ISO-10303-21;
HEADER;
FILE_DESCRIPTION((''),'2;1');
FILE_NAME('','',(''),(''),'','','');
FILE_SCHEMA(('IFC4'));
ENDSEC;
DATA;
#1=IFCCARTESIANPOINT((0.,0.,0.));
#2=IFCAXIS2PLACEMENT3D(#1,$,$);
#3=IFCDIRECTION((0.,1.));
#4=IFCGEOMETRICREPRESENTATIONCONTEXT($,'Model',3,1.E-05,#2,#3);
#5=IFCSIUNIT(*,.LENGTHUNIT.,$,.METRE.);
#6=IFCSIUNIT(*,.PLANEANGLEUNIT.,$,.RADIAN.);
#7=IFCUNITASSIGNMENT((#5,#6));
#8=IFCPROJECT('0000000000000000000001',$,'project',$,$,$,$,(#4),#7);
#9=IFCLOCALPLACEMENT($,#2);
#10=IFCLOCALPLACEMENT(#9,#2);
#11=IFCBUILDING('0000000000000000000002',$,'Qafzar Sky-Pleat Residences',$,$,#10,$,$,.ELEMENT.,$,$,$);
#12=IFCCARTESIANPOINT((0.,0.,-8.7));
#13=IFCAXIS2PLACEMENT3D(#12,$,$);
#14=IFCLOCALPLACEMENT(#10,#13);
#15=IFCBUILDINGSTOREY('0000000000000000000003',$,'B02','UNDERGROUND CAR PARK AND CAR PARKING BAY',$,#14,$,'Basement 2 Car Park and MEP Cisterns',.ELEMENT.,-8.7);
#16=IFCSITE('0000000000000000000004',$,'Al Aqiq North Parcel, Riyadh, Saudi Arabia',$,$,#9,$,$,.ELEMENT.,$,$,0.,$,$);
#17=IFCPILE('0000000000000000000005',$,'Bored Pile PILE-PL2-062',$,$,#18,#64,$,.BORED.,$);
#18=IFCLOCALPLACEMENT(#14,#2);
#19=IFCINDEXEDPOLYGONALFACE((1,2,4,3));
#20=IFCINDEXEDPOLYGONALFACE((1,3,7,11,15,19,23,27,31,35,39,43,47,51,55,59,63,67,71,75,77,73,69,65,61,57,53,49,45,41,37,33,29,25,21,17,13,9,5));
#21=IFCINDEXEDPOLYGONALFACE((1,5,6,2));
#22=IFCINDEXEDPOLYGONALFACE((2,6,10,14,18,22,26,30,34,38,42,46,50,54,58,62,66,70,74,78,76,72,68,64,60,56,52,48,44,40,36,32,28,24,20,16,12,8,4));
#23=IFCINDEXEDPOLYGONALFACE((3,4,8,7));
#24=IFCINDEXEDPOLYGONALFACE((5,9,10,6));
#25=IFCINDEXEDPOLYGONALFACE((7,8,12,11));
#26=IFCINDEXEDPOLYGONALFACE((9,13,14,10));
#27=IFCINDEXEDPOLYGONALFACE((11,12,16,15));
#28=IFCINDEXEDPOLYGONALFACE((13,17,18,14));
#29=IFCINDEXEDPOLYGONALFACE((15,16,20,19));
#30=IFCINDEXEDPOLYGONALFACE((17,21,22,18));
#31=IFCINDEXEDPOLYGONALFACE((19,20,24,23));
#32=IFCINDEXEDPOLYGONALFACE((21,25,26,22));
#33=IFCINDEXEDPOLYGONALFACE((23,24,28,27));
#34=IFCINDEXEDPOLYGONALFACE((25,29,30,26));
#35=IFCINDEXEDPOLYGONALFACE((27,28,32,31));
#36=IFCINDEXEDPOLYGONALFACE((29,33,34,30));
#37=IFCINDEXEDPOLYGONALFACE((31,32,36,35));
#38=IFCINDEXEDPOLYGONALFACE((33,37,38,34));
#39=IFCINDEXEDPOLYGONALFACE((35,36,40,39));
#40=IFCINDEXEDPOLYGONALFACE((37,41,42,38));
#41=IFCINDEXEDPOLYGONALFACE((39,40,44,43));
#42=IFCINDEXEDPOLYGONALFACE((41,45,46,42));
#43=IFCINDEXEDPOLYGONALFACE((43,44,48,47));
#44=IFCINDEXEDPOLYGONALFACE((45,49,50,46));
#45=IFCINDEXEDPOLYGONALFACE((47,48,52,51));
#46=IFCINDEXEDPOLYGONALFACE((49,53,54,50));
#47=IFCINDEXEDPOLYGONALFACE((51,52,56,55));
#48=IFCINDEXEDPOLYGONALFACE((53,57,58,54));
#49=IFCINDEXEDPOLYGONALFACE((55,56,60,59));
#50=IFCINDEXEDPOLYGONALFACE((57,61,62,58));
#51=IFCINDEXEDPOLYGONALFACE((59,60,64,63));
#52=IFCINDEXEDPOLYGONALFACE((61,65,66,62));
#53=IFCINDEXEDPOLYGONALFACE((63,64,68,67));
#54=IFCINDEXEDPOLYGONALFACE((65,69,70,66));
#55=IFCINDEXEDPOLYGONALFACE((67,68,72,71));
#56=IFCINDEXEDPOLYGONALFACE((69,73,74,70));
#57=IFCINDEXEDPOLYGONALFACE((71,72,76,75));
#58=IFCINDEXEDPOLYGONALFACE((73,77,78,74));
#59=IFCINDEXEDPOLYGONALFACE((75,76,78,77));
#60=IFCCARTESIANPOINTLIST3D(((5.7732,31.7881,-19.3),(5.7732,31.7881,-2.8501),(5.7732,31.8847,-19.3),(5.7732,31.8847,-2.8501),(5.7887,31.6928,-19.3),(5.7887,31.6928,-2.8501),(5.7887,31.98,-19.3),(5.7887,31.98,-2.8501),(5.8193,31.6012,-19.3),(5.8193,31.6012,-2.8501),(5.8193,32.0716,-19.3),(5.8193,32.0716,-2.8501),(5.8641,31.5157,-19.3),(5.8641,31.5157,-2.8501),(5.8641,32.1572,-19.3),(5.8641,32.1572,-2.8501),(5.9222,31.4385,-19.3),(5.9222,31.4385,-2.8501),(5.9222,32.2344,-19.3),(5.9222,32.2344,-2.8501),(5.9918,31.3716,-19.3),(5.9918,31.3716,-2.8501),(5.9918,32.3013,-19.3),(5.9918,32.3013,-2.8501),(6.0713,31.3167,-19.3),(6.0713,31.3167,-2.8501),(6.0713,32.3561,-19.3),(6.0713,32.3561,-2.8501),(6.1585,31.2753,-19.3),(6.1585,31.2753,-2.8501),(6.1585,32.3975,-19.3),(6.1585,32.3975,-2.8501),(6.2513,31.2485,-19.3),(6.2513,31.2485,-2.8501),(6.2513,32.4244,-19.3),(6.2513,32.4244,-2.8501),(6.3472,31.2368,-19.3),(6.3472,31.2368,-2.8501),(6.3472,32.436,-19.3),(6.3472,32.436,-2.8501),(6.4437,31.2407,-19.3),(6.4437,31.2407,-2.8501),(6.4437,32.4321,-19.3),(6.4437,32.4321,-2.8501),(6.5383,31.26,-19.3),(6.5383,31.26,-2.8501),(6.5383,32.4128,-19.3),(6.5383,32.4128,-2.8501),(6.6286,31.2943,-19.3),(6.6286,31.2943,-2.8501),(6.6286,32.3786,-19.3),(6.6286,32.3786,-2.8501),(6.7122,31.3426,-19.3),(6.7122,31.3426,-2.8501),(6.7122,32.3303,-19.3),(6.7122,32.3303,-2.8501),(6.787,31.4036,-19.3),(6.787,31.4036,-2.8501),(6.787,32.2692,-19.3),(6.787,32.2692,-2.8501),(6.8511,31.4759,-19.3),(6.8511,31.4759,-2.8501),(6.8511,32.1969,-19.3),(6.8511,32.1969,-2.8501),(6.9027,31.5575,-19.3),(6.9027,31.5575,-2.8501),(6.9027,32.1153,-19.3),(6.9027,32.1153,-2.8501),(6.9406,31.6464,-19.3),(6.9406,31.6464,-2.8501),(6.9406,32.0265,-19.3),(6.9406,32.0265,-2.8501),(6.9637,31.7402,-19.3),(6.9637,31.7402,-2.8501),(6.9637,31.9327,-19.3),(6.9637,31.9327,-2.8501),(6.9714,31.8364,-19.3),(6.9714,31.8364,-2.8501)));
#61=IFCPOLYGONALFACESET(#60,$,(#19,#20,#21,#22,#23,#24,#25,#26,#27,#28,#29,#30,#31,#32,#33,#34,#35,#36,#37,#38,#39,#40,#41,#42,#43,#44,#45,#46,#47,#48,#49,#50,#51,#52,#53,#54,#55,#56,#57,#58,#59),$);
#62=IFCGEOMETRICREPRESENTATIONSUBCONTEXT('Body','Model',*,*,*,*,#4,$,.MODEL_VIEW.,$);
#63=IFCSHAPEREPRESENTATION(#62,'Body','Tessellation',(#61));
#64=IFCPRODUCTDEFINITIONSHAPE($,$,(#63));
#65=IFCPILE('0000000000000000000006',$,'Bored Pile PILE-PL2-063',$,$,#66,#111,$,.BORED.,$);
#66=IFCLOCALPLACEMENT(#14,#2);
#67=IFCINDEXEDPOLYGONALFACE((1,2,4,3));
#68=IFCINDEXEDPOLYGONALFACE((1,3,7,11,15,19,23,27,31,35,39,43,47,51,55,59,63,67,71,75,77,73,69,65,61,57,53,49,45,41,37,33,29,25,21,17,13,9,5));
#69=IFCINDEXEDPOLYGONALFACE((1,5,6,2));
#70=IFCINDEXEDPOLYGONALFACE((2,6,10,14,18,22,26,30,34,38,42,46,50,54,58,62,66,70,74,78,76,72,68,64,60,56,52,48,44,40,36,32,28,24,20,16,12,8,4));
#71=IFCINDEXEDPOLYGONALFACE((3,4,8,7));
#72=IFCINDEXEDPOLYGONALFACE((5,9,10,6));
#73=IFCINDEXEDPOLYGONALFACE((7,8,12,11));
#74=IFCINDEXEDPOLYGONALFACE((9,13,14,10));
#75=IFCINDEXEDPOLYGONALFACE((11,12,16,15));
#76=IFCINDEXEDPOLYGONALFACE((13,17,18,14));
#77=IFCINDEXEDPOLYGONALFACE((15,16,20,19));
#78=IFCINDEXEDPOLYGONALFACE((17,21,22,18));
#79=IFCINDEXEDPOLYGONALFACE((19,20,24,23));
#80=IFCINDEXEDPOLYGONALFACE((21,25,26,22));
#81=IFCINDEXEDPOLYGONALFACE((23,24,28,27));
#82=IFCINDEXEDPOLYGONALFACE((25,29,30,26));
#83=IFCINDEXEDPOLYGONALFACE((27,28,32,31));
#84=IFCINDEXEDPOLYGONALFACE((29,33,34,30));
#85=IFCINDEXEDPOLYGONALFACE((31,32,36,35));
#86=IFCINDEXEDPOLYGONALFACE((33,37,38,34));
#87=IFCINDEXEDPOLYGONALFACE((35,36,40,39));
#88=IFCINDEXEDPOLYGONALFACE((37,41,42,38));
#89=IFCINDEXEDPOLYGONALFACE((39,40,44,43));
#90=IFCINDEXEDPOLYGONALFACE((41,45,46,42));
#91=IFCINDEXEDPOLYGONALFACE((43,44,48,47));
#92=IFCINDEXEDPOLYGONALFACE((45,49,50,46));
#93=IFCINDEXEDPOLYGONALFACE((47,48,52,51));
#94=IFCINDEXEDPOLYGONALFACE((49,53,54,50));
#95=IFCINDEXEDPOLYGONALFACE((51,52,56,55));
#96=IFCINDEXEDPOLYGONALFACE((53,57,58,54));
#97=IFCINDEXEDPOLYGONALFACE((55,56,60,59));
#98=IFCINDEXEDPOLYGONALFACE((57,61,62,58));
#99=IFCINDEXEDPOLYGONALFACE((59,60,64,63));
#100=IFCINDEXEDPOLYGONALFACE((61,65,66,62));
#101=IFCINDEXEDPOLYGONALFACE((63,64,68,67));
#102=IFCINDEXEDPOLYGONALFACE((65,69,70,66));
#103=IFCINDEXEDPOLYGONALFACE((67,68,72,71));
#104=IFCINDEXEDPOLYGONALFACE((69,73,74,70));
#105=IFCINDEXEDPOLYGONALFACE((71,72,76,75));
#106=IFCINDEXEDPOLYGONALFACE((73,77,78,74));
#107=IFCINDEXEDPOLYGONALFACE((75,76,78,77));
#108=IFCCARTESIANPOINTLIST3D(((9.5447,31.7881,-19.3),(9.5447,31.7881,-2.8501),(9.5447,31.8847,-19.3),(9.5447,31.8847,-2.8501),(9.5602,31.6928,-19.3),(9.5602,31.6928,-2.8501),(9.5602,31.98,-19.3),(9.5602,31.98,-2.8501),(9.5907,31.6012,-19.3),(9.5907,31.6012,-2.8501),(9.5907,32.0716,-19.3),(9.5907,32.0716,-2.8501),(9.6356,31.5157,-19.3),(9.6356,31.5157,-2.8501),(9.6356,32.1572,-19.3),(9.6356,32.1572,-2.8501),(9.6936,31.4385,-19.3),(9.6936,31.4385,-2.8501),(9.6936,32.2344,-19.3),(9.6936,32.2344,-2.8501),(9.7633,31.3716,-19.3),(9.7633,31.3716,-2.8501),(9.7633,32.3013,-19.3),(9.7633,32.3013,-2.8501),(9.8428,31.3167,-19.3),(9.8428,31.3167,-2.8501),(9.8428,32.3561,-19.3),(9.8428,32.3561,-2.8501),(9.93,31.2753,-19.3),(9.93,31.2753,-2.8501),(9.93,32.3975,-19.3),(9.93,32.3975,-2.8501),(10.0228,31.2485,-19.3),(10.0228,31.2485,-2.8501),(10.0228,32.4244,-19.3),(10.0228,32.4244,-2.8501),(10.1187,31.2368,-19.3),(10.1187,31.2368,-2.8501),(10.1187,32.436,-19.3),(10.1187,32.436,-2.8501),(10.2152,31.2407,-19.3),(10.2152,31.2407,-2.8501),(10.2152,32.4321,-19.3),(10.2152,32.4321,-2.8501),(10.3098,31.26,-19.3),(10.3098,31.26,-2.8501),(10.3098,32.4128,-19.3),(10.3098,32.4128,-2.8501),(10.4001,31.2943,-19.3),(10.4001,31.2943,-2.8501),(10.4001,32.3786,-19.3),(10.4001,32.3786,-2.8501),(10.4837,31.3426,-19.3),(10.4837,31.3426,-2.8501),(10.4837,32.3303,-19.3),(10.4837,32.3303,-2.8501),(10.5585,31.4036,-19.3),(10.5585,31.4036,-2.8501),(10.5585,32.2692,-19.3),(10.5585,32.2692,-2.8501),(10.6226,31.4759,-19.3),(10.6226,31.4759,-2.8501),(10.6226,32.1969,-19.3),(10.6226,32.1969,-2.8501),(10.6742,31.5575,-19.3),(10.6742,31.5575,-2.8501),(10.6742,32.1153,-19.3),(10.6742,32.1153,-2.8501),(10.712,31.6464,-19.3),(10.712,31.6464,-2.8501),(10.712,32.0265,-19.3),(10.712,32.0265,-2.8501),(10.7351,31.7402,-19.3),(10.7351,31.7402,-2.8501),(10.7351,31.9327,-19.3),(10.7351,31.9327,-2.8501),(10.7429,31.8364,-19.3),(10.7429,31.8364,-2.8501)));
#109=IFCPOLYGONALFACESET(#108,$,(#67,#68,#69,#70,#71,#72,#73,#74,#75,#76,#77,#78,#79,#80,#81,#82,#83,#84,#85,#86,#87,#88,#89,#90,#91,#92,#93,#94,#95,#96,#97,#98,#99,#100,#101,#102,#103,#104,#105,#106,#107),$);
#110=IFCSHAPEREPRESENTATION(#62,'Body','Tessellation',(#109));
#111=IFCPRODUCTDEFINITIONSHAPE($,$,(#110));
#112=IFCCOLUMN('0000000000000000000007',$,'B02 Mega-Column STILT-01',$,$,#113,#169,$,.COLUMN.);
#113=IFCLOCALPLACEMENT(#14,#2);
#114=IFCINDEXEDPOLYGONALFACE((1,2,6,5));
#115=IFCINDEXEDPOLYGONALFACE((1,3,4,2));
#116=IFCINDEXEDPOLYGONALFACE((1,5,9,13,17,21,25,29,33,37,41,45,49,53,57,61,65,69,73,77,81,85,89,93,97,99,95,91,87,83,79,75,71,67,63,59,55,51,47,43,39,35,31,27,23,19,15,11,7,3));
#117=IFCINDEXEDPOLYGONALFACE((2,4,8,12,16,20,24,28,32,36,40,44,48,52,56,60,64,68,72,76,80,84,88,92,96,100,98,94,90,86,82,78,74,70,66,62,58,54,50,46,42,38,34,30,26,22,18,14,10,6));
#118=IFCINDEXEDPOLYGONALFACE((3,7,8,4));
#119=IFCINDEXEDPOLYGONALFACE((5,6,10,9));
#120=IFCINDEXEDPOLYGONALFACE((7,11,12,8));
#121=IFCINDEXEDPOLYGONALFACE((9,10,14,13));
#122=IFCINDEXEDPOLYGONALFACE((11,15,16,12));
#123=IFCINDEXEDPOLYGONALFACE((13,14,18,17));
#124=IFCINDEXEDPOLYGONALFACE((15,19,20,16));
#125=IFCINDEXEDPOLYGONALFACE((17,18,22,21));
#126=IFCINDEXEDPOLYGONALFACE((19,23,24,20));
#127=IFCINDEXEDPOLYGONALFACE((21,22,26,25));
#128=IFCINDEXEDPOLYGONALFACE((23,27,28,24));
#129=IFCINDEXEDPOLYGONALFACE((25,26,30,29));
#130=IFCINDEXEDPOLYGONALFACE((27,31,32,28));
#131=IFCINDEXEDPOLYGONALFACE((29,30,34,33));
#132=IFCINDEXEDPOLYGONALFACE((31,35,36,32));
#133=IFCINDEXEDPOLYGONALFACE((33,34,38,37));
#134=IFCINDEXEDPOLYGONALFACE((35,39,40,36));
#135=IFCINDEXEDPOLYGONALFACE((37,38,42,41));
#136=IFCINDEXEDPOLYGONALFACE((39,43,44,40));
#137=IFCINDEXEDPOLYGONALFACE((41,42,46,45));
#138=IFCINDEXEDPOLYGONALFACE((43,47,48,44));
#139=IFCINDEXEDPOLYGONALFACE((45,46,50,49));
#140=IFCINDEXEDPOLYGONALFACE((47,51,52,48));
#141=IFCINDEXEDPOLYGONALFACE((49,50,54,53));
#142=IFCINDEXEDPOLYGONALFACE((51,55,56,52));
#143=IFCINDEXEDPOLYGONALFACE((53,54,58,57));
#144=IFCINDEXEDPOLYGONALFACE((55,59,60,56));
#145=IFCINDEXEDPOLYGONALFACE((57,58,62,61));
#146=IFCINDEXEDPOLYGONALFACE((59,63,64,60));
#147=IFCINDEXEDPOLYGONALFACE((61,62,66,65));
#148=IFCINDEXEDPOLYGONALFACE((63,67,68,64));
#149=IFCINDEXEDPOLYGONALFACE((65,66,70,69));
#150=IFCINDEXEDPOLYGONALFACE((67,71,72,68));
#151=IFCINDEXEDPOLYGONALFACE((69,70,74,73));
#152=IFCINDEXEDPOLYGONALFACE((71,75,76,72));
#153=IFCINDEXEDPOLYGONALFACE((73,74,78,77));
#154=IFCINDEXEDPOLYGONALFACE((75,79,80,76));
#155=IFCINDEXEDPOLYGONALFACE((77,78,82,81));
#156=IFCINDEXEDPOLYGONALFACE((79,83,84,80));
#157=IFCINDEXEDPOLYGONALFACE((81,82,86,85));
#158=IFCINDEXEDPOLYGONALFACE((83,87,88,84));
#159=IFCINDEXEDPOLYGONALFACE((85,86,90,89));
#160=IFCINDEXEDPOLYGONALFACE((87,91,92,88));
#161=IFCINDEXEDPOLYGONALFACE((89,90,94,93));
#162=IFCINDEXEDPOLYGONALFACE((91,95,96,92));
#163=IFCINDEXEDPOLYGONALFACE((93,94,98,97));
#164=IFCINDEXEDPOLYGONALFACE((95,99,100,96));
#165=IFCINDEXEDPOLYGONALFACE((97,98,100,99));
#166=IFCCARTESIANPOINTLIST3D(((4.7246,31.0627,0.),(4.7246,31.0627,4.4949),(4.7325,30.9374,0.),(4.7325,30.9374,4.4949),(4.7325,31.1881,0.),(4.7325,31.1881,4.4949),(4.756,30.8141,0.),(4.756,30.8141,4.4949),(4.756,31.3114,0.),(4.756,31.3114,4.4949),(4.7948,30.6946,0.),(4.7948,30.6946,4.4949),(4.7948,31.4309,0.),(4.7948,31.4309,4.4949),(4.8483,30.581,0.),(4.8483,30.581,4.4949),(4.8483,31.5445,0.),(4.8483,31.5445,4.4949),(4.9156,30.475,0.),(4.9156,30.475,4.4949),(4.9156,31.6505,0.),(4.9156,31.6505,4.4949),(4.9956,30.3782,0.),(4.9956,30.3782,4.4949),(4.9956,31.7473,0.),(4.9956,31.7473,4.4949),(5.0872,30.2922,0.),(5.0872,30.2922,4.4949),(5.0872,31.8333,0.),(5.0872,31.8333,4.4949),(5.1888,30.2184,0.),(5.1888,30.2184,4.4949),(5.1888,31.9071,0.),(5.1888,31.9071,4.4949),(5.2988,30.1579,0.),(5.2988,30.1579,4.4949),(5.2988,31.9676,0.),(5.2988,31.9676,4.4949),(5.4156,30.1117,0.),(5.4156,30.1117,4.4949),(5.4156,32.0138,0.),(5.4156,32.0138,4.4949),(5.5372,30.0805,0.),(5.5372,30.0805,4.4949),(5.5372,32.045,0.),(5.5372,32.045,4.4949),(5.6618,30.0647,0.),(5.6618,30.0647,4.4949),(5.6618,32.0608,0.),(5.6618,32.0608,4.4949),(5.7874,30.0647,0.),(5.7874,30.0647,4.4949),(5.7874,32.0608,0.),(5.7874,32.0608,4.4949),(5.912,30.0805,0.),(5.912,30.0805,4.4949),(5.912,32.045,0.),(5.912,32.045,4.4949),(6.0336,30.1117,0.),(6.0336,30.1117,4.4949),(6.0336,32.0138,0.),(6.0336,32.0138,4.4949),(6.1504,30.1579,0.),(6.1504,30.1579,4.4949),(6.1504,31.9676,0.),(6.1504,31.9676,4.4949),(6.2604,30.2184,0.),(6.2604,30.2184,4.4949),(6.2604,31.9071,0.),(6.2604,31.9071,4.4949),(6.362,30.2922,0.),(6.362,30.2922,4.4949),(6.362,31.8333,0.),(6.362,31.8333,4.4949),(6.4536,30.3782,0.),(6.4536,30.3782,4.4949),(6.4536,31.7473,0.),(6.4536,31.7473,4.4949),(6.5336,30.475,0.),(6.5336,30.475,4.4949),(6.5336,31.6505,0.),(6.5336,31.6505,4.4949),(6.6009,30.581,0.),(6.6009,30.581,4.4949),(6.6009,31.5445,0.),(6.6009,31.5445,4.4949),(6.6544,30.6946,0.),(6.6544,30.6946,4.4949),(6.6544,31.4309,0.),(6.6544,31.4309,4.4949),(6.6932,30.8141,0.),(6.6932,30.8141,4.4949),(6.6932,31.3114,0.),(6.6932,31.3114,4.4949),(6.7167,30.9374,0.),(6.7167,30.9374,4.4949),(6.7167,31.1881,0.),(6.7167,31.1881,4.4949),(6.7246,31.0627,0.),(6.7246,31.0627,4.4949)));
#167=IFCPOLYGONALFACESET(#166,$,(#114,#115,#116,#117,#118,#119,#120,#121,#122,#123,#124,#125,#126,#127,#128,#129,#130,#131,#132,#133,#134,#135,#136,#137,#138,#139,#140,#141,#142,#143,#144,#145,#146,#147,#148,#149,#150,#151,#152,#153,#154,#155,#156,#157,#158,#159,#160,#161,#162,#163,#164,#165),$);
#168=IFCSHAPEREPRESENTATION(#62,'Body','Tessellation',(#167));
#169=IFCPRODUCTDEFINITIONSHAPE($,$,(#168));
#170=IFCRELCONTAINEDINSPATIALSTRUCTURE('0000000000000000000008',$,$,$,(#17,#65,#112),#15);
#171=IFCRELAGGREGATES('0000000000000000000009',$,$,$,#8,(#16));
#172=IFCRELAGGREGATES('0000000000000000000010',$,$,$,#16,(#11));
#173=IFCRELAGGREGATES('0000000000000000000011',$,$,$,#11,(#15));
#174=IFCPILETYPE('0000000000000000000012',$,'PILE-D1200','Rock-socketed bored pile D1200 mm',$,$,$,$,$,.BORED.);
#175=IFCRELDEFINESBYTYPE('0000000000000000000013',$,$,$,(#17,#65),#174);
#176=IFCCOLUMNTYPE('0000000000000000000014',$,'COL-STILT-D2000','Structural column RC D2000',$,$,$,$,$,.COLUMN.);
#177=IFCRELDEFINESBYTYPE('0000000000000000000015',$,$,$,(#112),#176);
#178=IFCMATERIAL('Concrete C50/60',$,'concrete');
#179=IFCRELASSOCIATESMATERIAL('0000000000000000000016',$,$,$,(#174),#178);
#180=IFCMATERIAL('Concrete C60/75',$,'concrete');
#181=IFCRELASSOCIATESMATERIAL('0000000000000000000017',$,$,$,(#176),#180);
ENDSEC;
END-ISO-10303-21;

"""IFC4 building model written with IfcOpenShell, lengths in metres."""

from ifc_helpers import new_model, si_unit, direction, frame, origin, origin_2d, place, context, subcontext, project, spatial, circle, extrude, source, transform, mapped, material, material_profile, profile_set, type_object, element, save


model = new_model("IFC4")

# Units and contexts
model_context = context("Model", 3, precision=1e-05, world=origin(), true_north=direction((0.0, 1.0)))
body_context = subcontext(model_context, "Body", "Model", "MODEL_VIEW")
ifc_project = project(units=[si_unit("LENGTHUNIT", "METRE"), si_unit("PLANEANGLEUNIT", "RADIAN")], contexts=[model_context])

# Site, building, storey
site_placement = place(None, origin())
site = spatial("IfcSite", under=ifc_project, at=site_placement, Name="Al Aqiq North Parcel, Riyadh, Saudi Arabia", CompositionType="ELEMENT", RefElevation=0.0)
building_placement = place(site_placement, origin())
building = spatial("IfcBuilding", under=site, at=building_placement, Name="Qafzar Sky-Pleat Residences", CompositionType="ELEMENT")
storey_placement = place(building_placement, frame((0.0, 0.0, -8.7)))
storey = spatial("IfcBuildingStorey", under=building, at=storey_placement, Name="B02", Description="UNDERGROUND CAR PARK AND CAR PARKING BAY", LongName="Basement 2 Car Park and MEP Cisterns", CompositionType="ELEMENT", Elevation=-8.7)

# Piles
ifc_material_1 = material(Name="Concrete C50/60", Category="concrete")
ifc_material_profile_1 = material_profile(ifc_material_1, circle(Radius=0.6001, at=origin_2d()), Name="PILE D1200")
ifc_profile_set_1 = profile_set([ifc_material_profile_1], Name="Concrete C50/60")
pile_type = type_object("IfcPileType", Name="PILE-D1200", Description="Rock-socketed bored pile D1200 mm", PredefinedType="BORED", material=ifc_profile_set_1)
shared_shape_1 = source(origin(), body_context, "Body", "SweptSolid", [
    extrude(circle(Radius=0.6001, at=origin_2d()), origin(), (0.0, 0.0, 1.0), 16.45),
])
for number, where, z_axis, x_axis, name in (
    (1, (6.3713, 31.8364, -2.8501), (0.0, 0.0, -1.0), (1.0, 0.0, 0.0), "Bored Pile PILE-PL2-062"),
    (2, (10.1428, 31.8364, -2.8501), (0.0, 0.0, -1.0), (1.0, 0.0, 0.0), "Bored Pile PILE-PL2-063"),
):
    element("IfcPile", number, at=place(storey_placement, frame(where, z_axis=z_axis, x_axis=x_axis)), inside=storey, type_object=pile_type, Name=name, PredefinedType="BORED", context=body_context, shape_type="MappedRepresentation", body=[
        mapped(shared_shape_1, transform((0.0, 0.0, 0.0), x_axis=(1.0, 0.0, 0.0), y_axis=(0.0, 1.0, 0.0), z_axis=(0.0, 0.0, 1.0), scale=1.0)),
    ])

# Column
ifc_material_2 = material(Name="Concrete C60/75", Category="concrete")
ifc_material_profile_2 = material_profile(ifc_material_2, circle(Radius=1.0, at=origin_2d()), Name="RC D2000")
ifc_profile_set_2 = profile_set([ifc_material_profile_2], Name="Concrete C60/75")
column_type_1 = type_object("IfcColumnType", Name="COL-STILT-D2000", Description="Structural column RC D2000", PredefinedType="COLUMN", material=ifc_profile_set_2)
shared_shape_2 = source(origin(), body_context, "Body", "SweptSolid", [
    extrude(circle(Radius=1.0, at=origin_2d()), origin(), (0.0, 0.0, 1.0), 4.4949),
])
column_1_placement = place(storey_placement, frame((5.7246, 31.0627, 0.0), z_axis=(0.0, 0.0, 1.0), x_axis=(1.0, 0.0, 0.0)))
element("IfcColumn", 3, at=column_1_placement, inside=storey, type_object=column_type_1, Name="B02 Mega-Column STILT-01", PredefinedType="COLUMN", context=body_context, shape_type="MappedRepresentation", body=[
    mapped(shared_shape_2, transform((0.0, 0.0, 0.0), x_axis=(1.0, 0.0, 0.0), y_axis=(0.0, 1.0, 0.0), z_axis=(0.0, 0.0, 1.0), scale=1.0)),
])

save(model, "model.ifc")
